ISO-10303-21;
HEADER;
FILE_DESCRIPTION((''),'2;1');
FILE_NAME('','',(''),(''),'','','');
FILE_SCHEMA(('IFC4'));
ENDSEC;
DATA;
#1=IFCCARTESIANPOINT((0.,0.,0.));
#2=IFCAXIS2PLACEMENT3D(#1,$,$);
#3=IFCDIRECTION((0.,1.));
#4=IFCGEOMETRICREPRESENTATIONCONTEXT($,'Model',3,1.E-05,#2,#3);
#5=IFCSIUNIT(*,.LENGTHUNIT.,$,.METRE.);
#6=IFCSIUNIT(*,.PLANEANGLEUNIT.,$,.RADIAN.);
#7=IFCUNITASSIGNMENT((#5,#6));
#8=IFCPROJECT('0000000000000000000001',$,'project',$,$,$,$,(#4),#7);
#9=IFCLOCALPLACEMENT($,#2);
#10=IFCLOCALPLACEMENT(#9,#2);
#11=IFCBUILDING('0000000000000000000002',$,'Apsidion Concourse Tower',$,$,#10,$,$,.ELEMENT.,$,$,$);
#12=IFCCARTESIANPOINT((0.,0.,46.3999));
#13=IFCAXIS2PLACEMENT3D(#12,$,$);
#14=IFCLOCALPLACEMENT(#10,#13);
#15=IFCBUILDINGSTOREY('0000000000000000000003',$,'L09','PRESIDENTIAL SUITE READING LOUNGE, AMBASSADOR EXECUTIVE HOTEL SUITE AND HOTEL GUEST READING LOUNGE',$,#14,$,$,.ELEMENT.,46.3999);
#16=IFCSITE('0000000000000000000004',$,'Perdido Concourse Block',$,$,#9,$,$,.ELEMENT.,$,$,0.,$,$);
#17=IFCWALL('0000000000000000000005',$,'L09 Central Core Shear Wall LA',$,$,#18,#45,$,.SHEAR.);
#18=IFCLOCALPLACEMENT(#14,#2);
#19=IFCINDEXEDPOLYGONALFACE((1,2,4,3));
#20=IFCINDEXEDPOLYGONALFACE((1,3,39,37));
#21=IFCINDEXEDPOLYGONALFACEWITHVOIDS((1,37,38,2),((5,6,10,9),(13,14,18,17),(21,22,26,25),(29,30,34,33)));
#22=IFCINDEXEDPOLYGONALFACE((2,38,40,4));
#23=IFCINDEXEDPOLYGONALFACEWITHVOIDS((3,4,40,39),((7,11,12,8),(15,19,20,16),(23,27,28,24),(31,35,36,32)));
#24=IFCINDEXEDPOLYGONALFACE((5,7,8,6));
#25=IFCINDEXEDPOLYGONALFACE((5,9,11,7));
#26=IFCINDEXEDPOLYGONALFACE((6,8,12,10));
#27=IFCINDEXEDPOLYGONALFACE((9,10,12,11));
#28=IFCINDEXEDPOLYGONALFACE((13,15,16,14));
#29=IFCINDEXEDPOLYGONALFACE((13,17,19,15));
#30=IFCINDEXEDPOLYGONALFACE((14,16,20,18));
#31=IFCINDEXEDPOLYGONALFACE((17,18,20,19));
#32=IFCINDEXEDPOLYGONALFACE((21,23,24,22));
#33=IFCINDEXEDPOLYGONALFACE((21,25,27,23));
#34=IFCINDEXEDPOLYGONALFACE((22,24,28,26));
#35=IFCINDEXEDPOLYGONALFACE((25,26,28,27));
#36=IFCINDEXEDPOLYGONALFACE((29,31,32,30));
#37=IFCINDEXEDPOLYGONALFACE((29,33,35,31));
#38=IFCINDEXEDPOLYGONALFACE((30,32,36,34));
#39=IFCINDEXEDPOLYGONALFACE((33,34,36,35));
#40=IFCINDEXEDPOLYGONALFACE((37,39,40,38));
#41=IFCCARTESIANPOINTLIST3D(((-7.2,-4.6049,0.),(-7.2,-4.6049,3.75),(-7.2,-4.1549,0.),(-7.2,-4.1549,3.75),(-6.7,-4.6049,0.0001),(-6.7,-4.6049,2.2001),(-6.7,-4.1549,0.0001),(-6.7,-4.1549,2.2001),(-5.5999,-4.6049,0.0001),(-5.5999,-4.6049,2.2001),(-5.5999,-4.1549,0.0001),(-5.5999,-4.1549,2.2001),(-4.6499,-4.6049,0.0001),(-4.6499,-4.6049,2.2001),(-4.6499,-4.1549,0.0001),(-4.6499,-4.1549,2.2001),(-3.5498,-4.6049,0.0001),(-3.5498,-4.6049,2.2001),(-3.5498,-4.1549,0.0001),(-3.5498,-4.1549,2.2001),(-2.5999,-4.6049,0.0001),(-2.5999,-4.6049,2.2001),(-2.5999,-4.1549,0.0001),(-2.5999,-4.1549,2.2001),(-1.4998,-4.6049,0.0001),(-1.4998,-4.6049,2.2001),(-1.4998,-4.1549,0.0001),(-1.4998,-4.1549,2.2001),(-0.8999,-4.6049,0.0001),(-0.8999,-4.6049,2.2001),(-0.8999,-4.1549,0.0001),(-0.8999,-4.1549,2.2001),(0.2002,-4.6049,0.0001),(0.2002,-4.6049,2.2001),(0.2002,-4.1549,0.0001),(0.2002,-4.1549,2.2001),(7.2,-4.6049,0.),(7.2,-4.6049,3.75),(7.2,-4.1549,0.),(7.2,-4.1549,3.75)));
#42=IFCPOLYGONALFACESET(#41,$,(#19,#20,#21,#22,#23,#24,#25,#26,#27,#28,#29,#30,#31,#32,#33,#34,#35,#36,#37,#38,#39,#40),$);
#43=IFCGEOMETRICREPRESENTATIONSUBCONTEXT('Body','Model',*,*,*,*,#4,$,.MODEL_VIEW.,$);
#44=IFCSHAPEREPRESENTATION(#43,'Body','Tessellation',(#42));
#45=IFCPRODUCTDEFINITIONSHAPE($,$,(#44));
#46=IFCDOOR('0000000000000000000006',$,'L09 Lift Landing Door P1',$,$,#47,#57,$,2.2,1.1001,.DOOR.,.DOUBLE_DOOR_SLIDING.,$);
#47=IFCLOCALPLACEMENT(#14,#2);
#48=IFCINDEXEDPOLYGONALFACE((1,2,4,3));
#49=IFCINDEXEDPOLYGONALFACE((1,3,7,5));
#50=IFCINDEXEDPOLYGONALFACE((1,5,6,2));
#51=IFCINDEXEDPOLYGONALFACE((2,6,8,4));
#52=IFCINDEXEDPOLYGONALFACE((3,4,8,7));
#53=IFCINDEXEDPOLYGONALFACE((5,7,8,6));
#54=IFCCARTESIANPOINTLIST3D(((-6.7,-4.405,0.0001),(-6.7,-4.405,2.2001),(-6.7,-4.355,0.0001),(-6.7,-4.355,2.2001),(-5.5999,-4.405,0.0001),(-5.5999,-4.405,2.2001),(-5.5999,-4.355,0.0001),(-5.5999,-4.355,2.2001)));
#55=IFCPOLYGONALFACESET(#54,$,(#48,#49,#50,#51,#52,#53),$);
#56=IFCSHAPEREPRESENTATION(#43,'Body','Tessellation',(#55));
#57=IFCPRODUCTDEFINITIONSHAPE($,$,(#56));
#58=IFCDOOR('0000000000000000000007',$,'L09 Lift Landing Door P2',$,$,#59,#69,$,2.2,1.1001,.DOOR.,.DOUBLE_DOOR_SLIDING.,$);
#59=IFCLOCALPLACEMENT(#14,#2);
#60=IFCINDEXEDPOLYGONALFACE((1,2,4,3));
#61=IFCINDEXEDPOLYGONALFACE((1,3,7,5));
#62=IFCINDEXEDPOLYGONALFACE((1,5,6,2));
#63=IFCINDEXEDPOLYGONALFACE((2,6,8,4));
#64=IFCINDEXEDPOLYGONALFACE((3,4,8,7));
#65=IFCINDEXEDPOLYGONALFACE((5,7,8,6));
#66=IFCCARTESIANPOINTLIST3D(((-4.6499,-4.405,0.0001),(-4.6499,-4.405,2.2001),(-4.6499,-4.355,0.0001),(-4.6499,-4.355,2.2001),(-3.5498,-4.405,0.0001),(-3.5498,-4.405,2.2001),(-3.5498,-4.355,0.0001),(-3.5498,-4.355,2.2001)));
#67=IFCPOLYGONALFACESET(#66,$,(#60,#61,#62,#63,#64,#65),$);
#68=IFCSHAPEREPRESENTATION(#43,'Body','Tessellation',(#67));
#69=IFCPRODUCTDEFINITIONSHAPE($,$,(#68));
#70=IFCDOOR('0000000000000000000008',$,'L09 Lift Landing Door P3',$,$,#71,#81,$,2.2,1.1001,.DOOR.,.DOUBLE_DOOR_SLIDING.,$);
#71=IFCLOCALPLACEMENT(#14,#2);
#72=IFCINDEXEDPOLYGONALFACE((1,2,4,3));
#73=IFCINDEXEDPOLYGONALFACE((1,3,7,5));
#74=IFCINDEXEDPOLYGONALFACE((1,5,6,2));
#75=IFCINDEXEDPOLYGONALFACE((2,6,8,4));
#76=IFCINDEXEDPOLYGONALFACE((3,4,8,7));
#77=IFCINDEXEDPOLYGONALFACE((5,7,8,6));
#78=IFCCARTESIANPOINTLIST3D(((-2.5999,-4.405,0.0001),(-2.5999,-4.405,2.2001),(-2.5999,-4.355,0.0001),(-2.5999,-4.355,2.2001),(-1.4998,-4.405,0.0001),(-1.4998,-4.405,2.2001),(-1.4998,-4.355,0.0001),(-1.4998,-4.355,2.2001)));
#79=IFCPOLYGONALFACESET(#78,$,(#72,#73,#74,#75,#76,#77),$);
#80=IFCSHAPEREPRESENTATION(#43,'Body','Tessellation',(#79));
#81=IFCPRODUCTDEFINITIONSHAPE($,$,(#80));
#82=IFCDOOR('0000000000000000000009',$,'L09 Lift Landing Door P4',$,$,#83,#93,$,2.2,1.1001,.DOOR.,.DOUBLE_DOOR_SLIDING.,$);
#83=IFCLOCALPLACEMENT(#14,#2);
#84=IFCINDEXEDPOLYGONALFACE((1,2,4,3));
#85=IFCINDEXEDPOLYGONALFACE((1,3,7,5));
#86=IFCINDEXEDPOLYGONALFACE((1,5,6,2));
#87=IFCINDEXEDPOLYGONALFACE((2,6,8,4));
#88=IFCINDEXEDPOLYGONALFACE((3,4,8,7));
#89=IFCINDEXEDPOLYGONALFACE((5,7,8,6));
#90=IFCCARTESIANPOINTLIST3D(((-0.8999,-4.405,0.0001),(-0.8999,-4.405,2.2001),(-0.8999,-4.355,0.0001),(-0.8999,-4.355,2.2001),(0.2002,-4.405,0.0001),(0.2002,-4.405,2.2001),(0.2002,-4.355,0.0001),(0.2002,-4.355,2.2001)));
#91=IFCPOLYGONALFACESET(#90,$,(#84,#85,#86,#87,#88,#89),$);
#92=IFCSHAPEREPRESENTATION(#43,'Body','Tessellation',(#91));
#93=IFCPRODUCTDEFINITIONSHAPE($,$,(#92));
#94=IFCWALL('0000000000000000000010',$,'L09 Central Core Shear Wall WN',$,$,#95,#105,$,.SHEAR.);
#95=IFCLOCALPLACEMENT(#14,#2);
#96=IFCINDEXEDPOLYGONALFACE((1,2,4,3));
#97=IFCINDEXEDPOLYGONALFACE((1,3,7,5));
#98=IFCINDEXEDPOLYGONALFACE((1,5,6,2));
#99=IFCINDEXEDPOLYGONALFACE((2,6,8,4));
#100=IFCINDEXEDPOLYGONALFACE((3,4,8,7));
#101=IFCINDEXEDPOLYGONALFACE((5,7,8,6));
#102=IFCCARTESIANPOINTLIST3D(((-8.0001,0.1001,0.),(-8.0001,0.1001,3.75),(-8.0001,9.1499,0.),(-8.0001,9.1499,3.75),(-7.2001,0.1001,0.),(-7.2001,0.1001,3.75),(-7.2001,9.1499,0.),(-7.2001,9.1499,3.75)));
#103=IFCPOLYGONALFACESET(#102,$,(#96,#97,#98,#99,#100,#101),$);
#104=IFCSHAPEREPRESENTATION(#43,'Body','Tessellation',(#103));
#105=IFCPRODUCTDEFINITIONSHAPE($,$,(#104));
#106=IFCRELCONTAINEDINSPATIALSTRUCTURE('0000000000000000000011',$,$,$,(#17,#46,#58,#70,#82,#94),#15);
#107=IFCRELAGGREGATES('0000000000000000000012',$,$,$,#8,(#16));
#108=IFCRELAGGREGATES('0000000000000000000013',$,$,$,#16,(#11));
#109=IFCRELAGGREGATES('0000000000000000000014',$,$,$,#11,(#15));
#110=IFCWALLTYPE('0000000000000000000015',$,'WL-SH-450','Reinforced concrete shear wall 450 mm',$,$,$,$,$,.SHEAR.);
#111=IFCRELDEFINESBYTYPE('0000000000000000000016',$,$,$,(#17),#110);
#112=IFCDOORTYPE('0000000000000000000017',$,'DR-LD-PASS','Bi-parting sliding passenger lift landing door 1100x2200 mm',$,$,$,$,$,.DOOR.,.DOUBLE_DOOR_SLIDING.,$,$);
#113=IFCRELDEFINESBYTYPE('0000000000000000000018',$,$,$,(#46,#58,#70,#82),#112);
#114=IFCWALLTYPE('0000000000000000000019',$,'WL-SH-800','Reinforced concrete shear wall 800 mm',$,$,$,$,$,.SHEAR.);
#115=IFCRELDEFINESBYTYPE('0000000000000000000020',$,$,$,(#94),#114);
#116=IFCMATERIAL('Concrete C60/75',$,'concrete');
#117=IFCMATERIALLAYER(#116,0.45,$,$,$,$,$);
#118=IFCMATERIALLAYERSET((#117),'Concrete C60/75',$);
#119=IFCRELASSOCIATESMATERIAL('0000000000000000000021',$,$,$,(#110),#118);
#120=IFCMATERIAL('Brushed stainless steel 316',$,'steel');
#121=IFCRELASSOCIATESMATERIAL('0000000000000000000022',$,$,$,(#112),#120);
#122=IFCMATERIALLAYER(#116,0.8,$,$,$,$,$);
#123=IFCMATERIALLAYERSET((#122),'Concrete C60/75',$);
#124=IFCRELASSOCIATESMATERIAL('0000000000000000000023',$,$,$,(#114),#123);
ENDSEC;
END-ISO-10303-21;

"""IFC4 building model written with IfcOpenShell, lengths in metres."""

from ifc_helpers import new_model, si_unit, direction, frame, frame_2d, origin, place, context, subcontext, project, spatial, rectangle, extrude, material, layer, layer_set, type_object, element, fill, save


model = new_model("IFC4")

# Units and contexts
model_context = context("Model", 3, precision=1e-05, world=origin(), true_north=direction((0.0, 1.0)))
body_context = subcontext(model_context, "Body", "Model", "MODEL_VIEW")
ifc_project = project(units=[si_unit("LENGTHUNIT", "METRE"), si_unit("PLANEANGLEUNIT", "RADIAN")], contexts=[model_context])

# Site, building, storey
site_placement = place(None, origin())
site = spatial("IfcSite", under=ifc_project, at=site_placement, Name="Perdido Concourse Block", CompositionType="ELEMENT", RefElevation=0.0)
building_placement = place(site_placement, origin())
building = spatial("IfcBuilding", under=site, at=building_placement, Name="Apsidion Concourse Tower", CompositionType="ELEMENT")
storey_placement = place(building_placement, frame((0.0, 0.0, 46.3999)))
storey = spatial("IfcBuildingStorey", under=building, at=storey_placement, Name="L09", Description="PRESIDENTIAL SUITE READING LOUNGE, AMBASSADOR EXECUTIVE HOTEL SUITE AND HOTEL GUEST READING LOUNGE", CompositionType="ELEMENT", Elevation=46.3999)

# Shared definitions
ifc_material_1 = material(Name="Brushed stainless steel 316", Category="steel")

# Shared definitions
ifc_material_2 = material(Name="Concrete C60/75", Category="concrete")
ifc_layer_1 = layer(ifc_material_2, 0.45)
ifc_layer_set_1 = layer_set([ifc_layer_1], Name="Concrete C60/75")
wall_type_1 = type_object("IfcWallType", Name="WL-SH-450", Description="Reinforced concrete shear wall 450 mm", PredefinedType="SHEAR", material=ifc_layer_set_1)

# Wall, openings, doors
wall_1_placement = place(storey_placement, frame((-7.2, -4.3799, 0.0), z_axis=(0.0, 0.0, 1.0), x_axis=(1.0, 0.0, 0.0)))
wall_1 = element("IfcWall", 1, at=wall_1_placement, inside=storey, type_object=wall_type_1, Name="L09 Central Core Shear Wall LA", PredefinedType="SHEAR", context=body_context, shape_type="SweptSolid", body=[
    extrude(rectangle(XDim=14.3999, YDim=0.45, at=frame_2d((7.2, 0.0))), origin(), (0.0, 0.0, 1.0), 3.75),
])
opening_1_placement = place(wall_1_placement, frame((0.5, 0.0, 0.0)))
opening_1 = element("IfcOpeningElement", 2, at=opening_1_placement, cuts=wall_1, PredefinedType="OPENING", context=body_context, shape_type="SweptSolid", body=[
    extrude(rectangle(XDim=1.1001, YDim=2.2, at=frame_2d((0.55, 1.1001))), frame((0.0, 0.2349, 0.0), z_axis=(0.0, -1.0, 0.0), x_axis=(1.0, 0.0, 0.0)), (0.0, 0.0, 1.0), 0.47),
])
opening_2_placement = place(wall_1_placement, frame((2.55, 0.0, 0.0)))
opening_2 = element("IfcOpeningElement", 3, at=opening_2_placement, cuts=wall_1, PredefinedType="OPENING", context=body_context, shape_type="SweptSolid", body=[
    extrude(rectangle(XDim=1.1001, YDim=2.2, at=frame_2d((0.55, 1.1001))), frame((0.0, 0.2349, 0.0), z_axis=(0.0, -1.0, 0.0), x_axis=(1.0, 0.0, 0.0)), (0.0, 0.0, 1.0), 0.47),
])
opening_3_placement = place(wall_1_placement, frame((4.6001, 0.0, 0.0)))
opening_3 = element("IfcOpeningElement", 4, at=opening_3_placement, cuts=wall_1, PredefinedType="OPENING", context=body_context, shape_type="SweptSolid", body=[
    extrude(rectangle(XDim=1.1001, YDim=2.2, at=frame_2d((0.55, 1.1001))), frame((0.0, 0.2349, 0.0), z_axis=(0.0, -1.0, 0.0), x_axis=(1.0, 0.0, 0.0)), (0.0, 0.0, 1.0), 0.47),
])
opening_4_placement = place(wall_1_placement, frame((6.3, 0.0, 0.0)))
opening_4 = element("IfcOpeningElement", 5, at=opening_4_placement, cuts=wall_1, PredefinedType="OPENING", context=body_context, shape_type="SweptSolid", body=[
    extrude(rectangle(XDim=1.1001, YDim=2.2, at=frame_2d((0.55, 1.1001))), frame((0.0, 0.2349, 0.0), z_axis=(0.0, -1.0, 0.0), x_axis=(1.0, 0.0, 0.0)), (0.0, 0.0, 1.0), 0.47),
])
door_type_1 = type_object("IfcDoorType", Name="DR-LD-PASS", Description="Bi-parting sliding passenger lift landing door 1100x2200 mm", OperationType="DOUBLE_DOOR_SLIDING", PredefinedType="DOOR", material=ifc_material_1)
door_1_placement = place(opening_1_placement, origin())
door_1 = element("IfcDoor", 6, at=door_1_placement, inside=storey, type_object=door_type_1, Name="L09 Lift Landing Door P1", OperationType="DOUBLE_DOOR_SLIDING", OverallHeight=2.2, OverallWidth=1.1001, PredefinedType="DOOR", context=body_context, shape_type="SweptSolid", body=[
    extrude(rectangle(XDim=1.1001, YDim=2.2, at=frame_2d((0.55, 1.1001))), frame((0.0, 0.0249, 0.0), z_axis=(0.0, -1.0, 0.0), x_axis=(1.0, 0.0, 0.0)), (0.0, 0.0, 1.0), 0.05),
])
fill(opening_1, door_1)
door_2_placement = place(opening_2_placement, origin())
door_2 = element("IfcDoor", 7, at=door_2_placement, inside=storey, type_object=door_type_1, Name="L09 Lift Landing Door P2", OperationType="DOUBLE_DOOR_SLIDING", OverallHeight=2.2, OverallWidth=1.1001, PredefinedType="DOOR", context=body_context, shape_type="SweptSolid", body=[
    extrude(rectangle(XDim=1.1001, YDim=2.2, at=frame_2d((0.55, 1.1001))), frame((0.0, 0.0249, 0.0), z_axis=(0.0, -1.0, 0.0), x_axis=(1.0, 0.0, 0.0)), (0.0, 0.0, 1.0), 0.05),
])
fill(opening_2, door_2)
door_3_placement = place(opening_3_placement, origin())
door_3 = element("IfcDoor", 8, at=door_3_placement, inside=storey, type_object=door_type_1, Name="L09 Lift Landing Door P3", OperationType="DOUBLE_DOOR_SLIDING", OverallHeight=2.2, OverallWidth=1.1001, PredefinedType="DOOR", context=body_context, shape_type="SweptSolid", body=[
    extrude(rectangle(XDim=1.1001, YDim=2.2, at=frame_2d((0.55, 1.1001))), frame((0.0, 0.0249, 0.0), z_axis=(0.0, -1.0, 0.0), x_axis=(1.0, 0.0, 0.0)), (0.0, 0.0, 1.0), 0.05),
])
fill(opening_3, door_3)
door_4_placement = place(opening_4_placement, origin())
door_4 = element("IfcDoor", 9, at=door_4_placement, inside=storey, type_object=door_type_1, Name="L09 Lift Landing Door P4", OperationType="DOUBLE_DOOR_SLIDING", OverallHeight=2.2, OverallWidth=1.1001, PredefinedType="DOOR", context=body_context, shape_type="SweptSolid", body=[
    extrude(rectangle(XDim=1.1001, YDim=2.2, at=frame_2d((0.55, 1.1001))), frame((0.0, 0.0249, 0.0), z_axis=(0.0, -1.0, 0.0), x_axis=(1.0, 0.0, 0.0)), (0.0, 0.0, 1.0), 0.05),
])
fill(opening_4, door_4)

# Wall
ifc_layer_2 = layer(ifc_material_2, 0.8)
ifc_layer_set_2 = layer_set([ifc_layer_2], Name="Concrete C60/75")
wall_type_2 = type_object("IfcWallType", Name="WL-SH-800", Description="Reinforced concrete shear wall 800 mm", PredefinedType="SHEAR", material=ifc_layer_set_2)
wall_2_placement = place(storey_placement, frame((-7.6001, 0.1001, 0.0), z_axis=(0.0, 0.0, 1.0), x_axis=(0.0, 1.0, 0.0)))
element("IfcWall", 10, at=wall_2_placement, inside=storey, type_object=wall_type_2, Name="L09 Central Core Shear Wall WN", PredefinedType="SHEAR", context=body_context, shape_type="SweptSolid", body=[
    extrude(rectangle(XDim=9.0498, YDim=0.8, at=frame_2d((4.5249, 0.0))), origin(), (0.0, 0.0, 1.0), 3.75),
])

save(model, "model.ifc")
